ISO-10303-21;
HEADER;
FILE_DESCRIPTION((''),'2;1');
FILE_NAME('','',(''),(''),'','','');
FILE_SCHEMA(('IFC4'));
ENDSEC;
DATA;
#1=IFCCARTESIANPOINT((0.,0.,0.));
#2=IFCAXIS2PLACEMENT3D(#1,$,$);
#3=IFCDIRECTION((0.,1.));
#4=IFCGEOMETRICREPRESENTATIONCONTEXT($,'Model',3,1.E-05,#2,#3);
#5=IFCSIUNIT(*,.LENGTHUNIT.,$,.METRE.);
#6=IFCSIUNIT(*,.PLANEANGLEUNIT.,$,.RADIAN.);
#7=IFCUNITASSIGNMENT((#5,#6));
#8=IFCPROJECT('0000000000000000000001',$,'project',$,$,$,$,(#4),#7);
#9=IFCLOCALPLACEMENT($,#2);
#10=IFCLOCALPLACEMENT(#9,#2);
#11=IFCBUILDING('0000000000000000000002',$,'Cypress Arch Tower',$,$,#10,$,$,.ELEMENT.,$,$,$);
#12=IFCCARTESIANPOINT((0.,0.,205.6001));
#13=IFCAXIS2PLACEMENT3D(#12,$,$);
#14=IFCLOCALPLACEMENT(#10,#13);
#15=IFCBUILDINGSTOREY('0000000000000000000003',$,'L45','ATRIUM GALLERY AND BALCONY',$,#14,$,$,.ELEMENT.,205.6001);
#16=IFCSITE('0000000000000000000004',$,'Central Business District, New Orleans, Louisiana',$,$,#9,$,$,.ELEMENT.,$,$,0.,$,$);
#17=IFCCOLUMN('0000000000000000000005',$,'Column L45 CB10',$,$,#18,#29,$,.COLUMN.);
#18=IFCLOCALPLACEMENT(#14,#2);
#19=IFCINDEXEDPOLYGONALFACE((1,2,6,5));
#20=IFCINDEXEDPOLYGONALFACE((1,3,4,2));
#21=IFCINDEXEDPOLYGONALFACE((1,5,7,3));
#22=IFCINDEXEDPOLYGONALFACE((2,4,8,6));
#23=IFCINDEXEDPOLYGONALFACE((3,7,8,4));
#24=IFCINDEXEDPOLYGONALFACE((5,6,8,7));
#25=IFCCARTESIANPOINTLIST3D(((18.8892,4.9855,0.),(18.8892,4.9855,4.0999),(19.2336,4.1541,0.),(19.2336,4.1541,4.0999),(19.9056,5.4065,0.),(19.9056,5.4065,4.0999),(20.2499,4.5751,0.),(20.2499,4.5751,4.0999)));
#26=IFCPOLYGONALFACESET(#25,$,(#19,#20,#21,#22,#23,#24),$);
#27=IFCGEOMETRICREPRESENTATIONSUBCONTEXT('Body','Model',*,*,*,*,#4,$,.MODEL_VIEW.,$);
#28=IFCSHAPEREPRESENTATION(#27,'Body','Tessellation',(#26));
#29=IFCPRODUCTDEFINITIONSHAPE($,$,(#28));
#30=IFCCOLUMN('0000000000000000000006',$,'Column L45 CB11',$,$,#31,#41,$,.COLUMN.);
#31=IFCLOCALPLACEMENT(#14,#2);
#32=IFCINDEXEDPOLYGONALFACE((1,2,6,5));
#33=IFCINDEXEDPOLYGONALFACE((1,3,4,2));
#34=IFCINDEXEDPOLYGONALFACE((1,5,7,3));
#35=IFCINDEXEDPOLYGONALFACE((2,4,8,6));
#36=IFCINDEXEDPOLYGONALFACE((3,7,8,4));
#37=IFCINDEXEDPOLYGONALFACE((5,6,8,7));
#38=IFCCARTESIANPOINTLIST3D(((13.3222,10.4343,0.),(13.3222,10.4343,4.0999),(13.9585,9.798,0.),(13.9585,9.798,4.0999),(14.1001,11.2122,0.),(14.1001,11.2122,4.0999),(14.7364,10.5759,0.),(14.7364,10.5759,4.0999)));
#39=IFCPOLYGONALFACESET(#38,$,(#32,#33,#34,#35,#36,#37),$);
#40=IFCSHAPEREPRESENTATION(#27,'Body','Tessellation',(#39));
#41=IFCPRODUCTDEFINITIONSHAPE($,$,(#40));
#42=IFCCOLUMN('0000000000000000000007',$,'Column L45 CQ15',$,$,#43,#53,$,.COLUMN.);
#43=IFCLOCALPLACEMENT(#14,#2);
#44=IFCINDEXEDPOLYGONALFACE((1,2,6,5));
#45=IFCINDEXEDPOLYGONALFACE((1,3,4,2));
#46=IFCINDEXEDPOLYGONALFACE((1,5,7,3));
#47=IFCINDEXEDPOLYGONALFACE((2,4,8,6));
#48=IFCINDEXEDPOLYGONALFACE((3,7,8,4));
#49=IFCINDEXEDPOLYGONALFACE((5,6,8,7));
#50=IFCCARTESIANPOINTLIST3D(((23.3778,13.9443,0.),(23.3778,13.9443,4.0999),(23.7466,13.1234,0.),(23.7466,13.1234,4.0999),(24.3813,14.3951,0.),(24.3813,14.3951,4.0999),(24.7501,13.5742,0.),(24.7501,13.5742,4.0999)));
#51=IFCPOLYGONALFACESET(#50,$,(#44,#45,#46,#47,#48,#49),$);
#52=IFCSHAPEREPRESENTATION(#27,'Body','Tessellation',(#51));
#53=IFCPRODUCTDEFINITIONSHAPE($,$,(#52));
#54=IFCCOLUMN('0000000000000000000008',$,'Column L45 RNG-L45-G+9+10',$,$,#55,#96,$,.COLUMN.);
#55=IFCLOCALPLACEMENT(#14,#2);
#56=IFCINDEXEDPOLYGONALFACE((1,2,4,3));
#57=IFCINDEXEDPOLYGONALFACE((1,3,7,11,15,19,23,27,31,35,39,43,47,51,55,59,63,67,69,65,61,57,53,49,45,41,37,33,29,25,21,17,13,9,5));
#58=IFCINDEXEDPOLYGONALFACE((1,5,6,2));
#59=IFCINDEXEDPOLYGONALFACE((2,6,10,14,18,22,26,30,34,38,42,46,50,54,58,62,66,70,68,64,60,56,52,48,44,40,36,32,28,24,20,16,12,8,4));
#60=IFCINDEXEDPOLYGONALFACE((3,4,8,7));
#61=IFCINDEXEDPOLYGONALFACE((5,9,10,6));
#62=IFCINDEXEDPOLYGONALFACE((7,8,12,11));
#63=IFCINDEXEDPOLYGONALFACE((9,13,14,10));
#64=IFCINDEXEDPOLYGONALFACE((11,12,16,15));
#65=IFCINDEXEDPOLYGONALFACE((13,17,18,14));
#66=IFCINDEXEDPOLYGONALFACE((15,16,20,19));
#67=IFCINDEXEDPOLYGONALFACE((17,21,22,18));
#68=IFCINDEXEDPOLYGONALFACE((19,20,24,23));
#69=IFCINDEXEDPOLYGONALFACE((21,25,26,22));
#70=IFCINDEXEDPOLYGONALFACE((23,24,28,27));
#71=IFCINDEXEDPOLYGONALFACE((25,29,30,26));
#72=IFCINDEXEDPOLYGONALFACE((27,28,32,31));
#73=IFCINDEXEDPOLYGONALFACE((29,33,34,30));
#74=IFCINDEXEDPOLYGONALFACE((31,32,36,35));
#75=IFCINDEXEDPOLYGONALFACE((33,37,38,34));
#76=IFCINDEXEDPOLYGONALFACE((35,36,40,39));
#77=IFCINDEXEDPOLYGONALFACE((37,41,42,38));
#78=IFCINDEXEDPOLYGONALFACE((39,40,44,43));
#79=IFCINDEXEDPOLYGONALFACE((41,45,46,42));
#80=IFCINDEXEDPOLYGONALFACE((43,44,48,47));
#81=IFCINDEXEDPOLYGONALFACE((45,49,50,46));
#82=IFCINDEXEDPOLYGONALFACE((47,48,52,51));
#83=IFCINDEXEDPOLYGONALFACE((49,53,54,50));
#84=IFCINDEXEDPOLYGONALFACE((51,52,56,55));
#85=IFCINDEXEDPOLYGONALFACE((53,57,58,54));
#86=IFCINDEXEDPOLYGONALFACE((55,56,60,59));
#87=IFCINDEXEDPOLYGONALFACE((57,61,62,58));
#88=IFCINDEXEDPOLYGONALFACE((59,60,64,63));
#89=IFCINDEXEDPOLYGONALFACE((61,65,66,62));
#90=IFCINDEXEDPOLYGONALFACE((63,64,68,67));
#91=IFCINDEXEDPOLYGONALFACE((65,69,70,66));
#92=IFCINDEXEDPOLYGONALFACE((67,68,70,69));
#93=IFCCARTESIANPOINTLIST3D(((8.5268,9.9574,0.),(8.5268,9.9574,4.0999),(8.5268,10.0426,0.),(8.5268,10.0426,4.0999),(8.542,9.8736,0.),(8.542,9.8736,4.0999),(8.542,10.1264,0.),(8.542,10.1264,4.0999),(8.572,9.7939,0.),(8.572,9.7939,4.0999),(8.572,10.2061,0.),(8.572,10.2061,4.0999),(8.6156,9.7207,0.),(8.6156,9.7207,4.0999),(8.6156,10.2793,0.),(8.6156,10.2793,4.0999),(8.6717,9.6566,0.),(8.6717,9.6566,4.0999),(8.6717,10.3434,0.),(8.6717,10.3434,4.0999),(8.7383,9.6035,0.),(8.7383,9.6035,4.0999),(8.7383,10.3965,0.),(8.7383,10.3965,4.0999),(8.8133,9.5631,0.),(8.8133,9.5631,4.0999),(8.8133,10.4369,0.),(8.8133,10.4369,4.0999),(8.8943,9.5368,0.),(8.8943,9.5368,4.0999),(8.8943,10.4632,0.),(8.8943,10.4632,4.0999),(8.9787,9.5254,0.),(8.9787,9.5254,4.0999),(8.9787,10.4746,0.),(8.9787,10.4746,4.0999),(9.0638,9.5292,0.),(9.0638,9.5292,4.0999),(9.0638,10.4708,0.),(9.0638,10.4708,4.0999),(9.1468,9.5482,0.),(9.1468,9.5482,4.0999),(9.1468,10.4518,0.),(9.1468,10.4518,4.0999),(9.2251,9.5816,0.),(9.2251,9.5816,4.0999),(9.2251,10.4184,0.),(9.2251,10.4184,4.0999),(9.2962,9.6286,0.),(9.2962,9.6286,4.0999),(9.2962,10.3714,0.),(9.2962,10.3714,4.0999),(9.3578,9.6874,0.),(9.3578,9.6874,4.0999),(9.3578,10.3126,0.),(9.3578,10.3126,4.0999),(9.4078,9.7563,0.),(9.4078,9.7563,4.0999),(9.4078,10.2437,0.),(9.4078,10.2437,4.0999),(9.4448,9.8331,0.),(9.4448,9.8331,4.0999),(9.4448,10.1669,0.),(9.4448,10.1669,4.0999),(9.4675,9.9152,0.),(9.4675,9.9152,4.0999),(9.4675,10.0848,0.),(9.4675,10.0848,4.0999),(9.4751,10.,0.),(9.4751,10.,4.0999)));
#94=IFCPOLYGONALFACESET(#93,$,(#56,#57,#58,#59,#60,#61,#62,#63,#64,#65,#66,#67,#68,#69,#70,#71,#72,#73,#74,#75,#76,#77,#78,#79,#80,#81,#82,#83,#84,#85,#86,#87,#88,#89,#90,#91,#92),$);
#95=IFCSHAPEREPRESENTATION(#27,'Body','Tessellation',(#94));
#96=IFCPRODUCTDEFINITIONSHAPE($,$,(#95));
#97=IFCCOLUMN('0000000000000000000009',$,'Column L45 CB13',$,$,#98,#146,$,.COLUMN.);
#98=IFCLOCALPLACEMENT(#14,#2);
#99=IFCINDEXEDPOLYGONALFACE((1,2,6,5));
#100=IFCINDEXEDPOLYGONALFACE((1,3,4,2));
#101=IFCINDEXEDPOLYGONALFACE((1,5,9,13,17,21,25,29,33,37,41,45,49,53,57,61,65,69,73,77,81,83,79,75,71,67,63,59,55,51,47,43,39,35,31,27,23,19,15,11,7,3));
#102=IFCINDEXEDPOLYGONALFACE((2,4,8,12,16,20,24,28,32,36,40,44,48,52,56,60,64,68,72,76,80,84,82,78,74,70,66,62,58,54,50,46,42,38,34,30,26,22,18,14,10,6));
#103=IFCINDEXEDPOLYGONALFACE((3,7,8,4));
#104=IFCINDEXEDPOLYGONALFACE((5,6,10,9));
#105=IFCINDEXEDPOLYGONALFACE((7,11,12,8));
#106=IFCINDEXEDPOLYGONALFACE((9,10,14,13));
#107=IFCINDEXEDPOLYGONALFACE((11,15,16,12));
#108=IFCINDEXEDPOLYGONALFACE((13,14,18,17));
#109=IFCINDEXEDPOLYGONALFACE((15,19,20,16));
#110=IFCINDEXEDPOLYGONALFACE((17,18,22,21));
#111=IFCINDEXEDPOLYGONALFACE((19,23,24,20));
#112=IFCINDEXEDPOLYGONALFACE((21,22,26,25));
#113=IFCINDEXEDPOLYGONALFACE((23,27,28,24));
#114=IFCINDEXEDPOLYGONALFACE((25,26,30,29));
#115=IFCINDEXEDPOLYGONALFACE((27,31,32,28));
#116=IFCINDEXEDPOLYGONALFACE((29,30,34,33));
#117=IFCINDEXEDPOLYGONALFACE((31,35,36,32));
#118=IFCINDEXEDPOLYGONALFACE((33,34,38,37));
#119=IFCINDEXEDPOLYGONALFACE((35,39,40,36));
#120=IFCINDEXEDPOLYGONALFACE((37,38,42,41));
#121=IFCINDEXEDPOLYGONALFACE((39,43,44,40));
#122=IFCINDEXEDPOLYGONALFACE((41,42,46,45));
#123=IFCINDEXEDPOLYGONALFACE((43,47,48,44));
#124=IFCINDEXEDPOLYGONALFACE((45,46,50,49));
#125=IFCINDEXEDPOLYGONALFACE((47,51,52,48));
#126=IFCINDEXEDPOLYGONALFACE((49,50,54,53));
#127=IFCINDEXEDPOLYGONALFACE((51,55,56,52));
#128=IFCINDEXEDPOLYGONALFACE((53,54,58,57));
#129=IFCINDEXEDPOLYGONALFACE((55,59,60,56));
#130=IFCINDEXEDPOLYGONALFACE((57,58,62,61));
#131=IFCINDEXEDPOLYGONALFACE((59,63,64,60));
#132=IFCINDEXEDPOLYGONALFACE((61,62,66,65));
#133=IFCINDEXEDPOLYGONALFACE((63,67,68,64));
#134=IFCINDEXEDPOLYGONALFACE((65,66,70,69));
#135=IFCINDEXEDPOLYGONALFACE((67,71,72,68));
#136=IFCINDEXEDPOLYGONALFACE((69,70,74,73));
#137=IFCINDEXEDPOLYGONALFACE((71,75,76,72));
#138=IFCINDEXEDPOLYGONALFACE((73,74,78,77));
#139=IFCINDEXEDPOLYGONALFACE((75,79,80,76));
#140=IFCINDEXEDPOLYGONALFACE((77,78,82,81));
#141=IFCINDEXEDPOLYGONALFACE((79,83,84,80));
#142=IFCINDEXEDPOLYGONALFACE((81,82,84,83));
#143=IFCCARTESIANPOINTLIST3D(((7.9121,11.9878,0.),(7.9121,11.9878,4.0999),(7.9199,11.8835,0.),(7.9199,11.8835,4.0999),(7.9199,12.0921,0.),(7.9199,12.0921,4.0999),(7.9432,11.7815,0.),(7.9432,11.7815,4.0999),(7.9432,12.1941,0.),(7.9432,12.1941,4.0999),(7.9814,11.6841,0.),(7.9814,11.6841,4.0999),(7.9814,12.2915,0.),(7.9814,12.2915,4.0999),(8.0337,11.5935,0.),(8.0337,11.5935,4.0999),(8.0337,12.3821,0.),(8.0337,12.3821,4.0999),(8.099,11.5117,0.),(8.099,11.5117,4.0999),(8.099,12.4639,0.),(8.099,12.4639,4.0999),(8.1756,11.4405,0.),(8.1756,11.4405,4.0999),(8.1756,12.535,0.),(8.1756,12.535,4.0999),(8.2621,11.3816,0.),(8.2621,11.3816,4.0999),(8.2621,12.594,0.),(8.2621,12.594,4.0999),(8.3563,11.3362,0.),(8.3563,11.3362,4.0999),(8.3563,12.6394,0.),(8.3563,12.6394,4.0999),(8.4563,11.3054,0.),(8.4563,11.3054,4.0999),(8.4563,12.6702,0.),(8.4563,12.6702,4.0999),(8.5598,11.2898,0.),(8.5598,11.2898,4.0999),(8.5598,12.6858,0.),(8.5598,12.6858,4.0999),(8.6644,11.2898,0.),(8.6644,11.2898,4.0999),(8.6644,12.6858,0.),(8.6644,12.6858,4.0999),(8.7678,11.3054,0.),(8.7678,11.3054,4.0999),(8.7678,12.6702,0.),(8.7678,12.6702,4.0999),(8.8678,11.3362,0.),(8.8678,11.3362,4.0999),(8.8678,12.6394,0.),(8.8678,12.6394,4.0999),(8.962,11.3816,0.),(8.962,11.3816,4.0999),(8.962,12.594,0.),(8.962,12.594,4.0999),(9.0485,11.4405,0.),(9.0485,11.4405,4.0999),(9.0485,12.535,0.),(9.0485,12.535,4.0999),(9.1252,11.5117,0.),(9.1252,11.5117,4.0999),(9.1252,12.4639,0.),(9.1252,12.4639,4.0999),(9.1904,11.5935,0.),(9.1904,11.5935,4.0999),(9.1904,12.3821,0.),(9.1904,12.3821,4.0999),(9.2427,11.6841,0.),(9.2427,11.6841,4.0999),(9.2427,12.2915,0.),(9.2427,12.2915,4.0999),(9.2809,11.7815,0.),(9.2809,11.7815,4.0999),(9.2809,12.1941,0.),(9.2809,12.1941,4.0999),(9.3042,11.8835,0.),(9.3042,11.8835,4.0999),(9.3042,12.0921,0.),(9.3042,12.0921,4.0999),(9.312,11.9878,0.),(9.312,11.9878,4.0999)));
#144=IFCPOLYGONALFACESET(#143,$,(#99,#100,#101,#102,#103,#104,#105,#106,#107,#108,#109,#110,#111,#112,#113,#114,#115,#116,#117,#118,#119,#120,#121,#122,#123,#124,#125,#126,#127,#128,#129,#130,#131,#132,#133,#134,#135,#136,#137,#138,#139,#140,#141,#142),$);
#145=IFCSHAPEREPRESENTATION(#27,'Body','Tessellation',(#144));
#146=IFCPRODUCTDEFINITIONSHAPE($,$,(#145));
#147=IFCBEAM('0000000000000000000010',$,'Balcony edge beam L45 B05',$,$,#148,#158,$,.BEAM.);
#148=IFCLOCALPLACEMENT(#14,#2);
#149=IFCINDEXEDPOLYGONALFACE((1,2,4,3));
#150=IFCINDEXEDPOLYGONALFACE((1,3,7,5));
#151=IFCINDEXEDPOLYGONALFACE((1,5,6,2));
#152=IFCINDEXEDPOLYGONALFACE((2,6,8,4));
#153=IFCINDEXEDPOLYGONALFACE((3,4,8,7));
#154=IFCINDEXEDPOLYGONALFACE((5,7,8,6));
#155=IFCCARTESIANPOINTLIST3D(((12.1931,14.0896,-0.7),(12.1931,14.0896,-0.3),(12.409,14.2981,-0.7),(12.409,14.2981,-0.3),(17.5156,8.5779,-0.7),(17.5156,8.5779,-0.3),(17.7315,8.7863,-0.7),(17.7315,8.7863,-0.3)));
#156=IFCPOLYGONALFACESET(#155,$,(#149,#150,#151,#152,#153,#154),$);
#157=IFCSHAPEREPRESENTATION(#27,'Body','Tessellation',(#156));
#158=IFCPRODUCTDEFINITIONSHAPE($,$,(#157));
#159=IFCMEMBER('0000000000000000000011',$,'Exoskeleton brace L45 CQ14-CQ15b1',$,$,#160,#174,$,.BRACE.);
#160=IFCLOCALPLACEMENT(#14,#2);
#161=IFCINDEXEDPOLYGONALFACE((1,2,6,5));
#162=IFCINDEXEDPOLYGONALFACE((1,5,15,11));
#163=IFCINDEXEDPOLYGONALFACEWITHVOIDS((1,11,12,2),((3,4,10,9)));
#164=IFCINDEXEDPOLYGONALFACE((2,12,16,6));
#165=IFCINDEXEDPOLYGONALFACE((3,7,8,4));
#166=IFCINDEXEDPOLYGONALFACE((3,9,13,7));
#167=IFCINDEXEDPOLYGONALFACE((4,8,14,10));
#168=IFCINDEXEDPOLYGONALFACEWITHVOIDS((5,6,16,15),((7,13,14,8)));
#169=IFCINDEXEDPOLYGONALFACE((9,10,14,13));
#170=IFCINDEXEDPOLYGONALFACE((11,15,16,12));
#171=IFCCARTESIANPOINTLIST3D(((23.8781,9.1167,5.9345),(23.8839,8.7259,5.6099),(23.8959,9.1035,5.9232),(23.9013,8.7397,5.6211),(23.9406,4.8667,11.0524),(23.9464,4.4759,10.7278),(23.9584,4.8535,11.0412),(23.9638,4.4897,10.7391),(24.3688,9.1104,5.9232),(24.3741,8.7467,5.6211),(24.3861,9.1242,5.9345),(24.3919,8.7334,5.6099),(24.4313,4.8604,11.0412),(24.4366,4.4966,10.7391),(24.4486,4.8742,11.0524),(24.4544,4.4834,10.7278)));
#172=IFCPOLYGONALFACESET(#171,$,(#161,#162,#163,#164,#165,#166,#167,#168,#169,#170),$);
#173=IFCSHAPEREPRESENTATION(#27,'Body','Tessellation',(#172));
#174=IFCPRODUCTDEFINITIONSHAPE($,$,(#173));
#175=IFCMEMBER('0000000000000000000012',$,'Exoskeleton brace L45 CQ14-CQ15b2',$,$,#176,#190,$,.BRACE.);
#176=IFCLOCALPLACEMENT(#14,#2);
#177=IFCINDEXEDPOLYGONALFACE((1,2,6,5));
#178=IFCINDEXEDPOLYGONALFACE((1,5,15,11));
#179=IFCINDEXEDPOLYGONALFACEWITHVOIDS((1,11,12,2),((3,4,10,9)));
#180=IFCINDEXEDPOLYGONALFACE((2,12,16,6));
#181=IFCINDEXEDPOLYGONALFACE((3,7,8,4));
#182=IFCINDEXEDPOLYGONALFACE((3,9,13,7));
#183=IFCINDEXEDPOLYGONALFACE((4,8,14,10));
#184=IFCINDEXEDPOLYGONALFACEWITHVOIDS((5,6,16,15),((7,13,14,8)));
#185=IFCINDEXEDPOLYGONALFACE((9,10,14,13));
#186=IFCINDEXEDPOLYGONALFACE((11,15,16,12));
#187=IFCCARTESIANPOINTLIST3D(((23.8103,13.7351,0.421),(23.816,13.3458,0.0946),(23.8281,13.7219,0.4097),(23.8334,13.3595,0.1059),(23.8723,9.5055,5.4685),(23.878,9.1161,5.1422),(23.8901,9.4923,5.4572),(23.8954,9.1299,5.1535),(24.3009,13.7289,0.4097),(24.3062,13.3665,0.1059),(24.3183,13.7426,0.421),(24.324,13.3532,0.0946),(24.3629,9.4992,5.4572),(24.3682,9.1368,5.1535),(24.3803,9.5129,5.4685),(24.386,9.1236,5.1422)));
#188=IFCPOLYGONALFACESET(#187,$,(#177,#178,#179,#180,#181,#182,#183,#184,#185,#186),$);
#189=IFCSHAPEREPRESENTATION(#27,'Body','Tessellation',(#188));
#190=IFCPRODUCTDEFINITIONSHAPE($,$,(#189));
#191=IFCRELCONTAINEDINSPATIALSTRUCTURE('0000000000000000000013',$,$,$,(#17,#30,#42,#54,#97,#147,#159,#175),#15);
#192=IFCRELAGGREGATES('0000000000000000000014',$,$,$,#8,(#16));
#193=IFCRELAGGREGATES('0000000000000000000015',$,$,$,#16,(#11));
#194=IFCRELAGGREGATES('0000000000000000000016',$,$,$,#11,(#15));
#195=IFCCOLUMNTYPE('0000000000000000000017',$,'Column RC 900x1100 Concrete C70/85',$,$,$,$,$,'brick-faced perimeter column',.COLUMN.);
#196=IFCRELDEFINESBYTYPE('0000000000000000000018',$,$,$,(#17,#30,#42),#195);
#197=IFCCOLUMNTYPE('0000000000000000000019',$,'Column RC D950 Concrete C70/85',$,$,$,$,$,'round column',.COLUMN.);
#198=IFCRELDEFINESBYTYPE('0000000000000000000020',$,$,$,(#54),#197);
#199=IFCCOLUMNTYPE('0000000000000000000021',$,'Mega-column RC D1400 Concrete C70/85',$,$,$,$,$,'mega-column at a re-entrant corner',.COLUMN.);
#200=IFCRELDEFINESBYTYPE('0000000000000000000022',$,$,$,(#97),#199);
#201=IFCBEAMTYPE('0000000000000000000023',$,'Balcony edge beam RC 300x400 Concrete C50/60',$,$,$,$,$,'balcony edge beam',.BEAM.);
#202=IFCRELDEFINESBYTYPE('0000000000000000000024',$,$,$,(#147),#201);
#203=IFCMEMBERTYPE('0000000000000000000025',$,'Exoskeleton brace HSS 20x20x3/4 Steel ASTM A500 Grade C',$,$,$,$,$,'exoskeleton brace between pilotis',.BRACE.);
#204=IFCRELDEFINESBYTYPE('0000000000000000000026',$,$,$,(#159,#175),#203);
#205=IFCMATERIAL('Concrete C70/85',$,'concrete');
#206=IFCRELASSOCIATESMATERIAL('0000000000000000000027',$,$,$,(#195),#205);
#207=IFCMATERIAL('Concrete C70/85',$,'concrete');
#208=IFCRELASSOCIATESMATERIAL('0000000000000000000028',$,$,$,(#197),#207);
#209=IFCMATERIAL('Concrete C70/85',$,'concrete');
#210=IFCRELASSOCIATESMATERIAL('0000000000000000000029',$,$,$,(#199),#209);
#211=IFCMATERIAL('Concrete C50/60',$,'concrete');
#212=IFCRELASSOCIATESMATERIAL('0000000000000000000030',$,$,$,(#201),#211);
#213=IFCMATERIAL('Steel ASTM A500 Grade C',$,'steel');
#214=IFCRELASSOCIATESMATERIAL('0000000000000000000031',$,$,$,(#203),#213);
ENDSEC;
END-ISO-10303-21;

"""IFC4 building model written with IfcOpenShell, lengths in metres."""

from ifc_helpers import new_model, si_unit, direction, frame, origin, origin_2d, place, context, subcontext, project, spatial, rectangle, hollow_rectangle, circle, extrude, material, material_profile, profile_set, type_object, element, save


model = new_model("IFC4")

# Units and contexts
model_context = context("Model", 3, precision=1e-05, world=origin(), true_north=direction((0.0, 1.0)))
body_context = subcontext(model_context, "Body", "Model", "MODEL_VIEW")
ifc_project = project(units=[si_unit("LENGTHUNIT", "METRE"), si_unit("PLANEANGLEUNIT", "RADIAN")], contexts=[model_context])

# Site, building, storey
site_placement = place(None, origin())
site = spatial("IfcSite", under=ifc_project, at=site_placement, Name="Central Business District, New Orleans, Louisiana", CompositionType="ELEMENT", RefElevation=0.0)
building_placement = place(site_placement, origin())
building = spatial("IfcBuilding", under=site, at=building_placement, Name="Cypress Arch Tower", CompositionType="ELEMENT")
storey_placement = place(building_placement, frame((0.0, 0.0, 205.6001)))
storey = spatial("IfcBuildingStorey", under=building, at=storey_placement, Name="L45", Description="ATRIUM GALLERY AND BALCONY", CompositionType="ELEMENT", Elevation=205.6001)

# Columns
ifc_material_1 = material(Name="Concrete C70/85", Category="concrete")
ifc_material_profile_1 = material_profile(ifc_material_1, rectangle(XDim=0.8999, YDim=1.1001, at=origin_2d()), Name="RC 900x1100")
ifc_profile_set_1 = profile_set([ifc_material_profile_1], Name="Concrete C70/85")
column_type_1 = type_object("IfcColumnType", Name="Column RC 900x1100 Concrete C70/85", ElementType="brick-faced perimeter column", PredefinedType="COLUMN", material=ifc_profile_set_1)
for number, where, z_axis, x_axis, name in (
    (1, (19.5696, 4.7803, 0.0), (0.0, 0.0, 1.0), (-0.382683, 0.92388, 0.0), "Column L45 CB10"),
    (2, (14.0293, 10.5051, 0.0), (0.0, 0.0, 1.0), (-0.707107, 0.707107, 0.0), "Column L45 CB11"),
    (3, (24.064, 13.7593, 0.0), (0.0, 0.0, 1.0), (-0.409765, 0.912191, 0.0), "Column L45 CQ15"),
):
    element("IfcColumn", number, at=place(storey_placement, frame(where, z_axis=z_axis, x_axis=x_axis)), inside=storey, type_object=column_type_1, Name=name, PredefinedType="COLUMN", context=body_context, shape_type="SweptSolid", body=[
        extrude(rectangle(XDim=0.8999, YDim=1.1001, at=origin_2d()), origin(), (0.0, 0.0, 1.0), 4.0999),
    ])
ifc_material_2 = material(Name="Concrete C70/85", Category="concrete")
ifc_material_profile_2 = material_profile(ifc_material_2, circle(Radius=0.4751, at=origin_2d()), Name="RC D950")
ifc_profile_set_2 = profile_set([ifc_material_profile_2], Name="Concrete C70/85")
column_type_2 = type_object("IfcColumnType", Name="Column RC D950 Concrete C70/85", ElementType="round column", PredefinedType="COLUMN", material=ifc_profile_set_2)
column_1_placement = place(storey_placement, frame((9.0, 10.0, 0.0), z_axis=(0.0, 0.0, 1.0), x_axis=(1.0, 0.0, 0.0)))
element("IfcColumn", 4, at=column_1_placement, inside=storey, type_object=column_type_2, Name="Column L45 RNG-L45-G+9+10", PredefinedType="COLUMN", context=body_context, shape_type="SweptSolid", body=[
    extrude(circle(Radius=0.4751, at=origin_2d()), origin(), (0.0, 0.0, 1.0), 4.0999),
])
ifc_material_3 = material(Name="Concrete C70/85", Category="concrete")
ifc_material_profile_3 = material_profile(ifc_material_3, circle(Radius=0.7, at=origin_2d()), Name="RC D1400")
ifc_profile_set_3 = profile_set([ifc_material_profile_3], Name="Concrete C70/85")
column_type_3 = type_object("IfcColumnType", Name="Mega-column RC D1400 Concrete C70/85", ElementType="mega-column at a re-entrant corner", PredefinedType="COLUMN", material=ifc_profile_set_3)
column_2_placement = place(storey_placement, frame((8.6121, 11.9878, 0.0), z_axis=(0.0, 0.0, 1.0), x_axis=(1.0, 0.0, 0.0)))
element("IfcColumn", 5, at=column_2_placement, inside=storey, type_object=column_type_3, Name="Column L45 CB13", PredefinedType="COLUMN", context=body_context, shape_type="SweptSolid", body=[
    extrude(circle(Radius=0.7, at=origin_2d()), origin(), (0.0, 0.0, 1.0), 4.0999),
])

# Beam
ifc_material_4 = material(Name="Concrete C50/60", Category="concrete")
ifc_material_profile_4 = material_profile(ifc_material_4, rectangle(XDim=0.3, YDim=0.3999, at=origin_2d()), Name="RC 300x400")
ifc_profile_set_4 = profile_set([ifc_material_profile_4], Name="Concrete C50/60")
beam_type_1 = type_object("IfcBeamType", Name="Balcony edge beam RC 300x400 Concrete C50/60", ElementType="balcony edge beam", PredefinedType="BEAM", material=ifc_profile_set_4)
beam_1_placement = place(storey_placement, frame((17.6235, 8.6821, -0.5), z_axis=(-0.694652, 0.719346, 0.0), x_axis=(-0.719346, -0.694652, 0.0)))
element("IfcBeam", 6, at=beam_1_placement, inside=storey, type_object=beam_type_1, Name="Balcony edge beam L45 B05", PredefinedType="BEAM", context=body_context, shape_type="SweptSolid", body=[
    extrude(rectangle(XDim=0.3, YDim=0.3999, at=origin_2d()), origin(), (0.0, 0.0, 1.0), 7.6621),
])

# Members
ifc_material_5 = material(Name="Steel ASTM A500 Grade C", Category="steel")
ifc_material_profile_5 = material_profile(ifc_material_5, hollow_rectangle(XDim=0.5081, YDim=0.5081, WallThickness=0.0176, at=origin_2d()), Name="HSS 20x20x3/4")
ifc_profile_set_5 = profile_set([ifc_material_profile_5], Name="Steel ASTM A500 Grade C")
member_type = type_object("IfcMemberType", Name="Exoskeleton brace HSS 20x20x3/4 Steel ASTM A500 Grade C", ElementType="exoskeleton brace between pilotis", PredefinedType="BRACE", material=ifc_profile_set_5)
member_1_placement = place(storey_placement, frame((24.1975, 4.675, 10.8901), z_axis=(-0.009395, 0.63883, -0.76929), x_axis=(-0.999892, -0.014704, 0.0)))
element("IfcMember", 7, at=member_1_placement, inside=storey, type_object=member_type, Name="Exoskeleton brace L45 CQ14-CQ15b1", PredefinedType="BRACE", context=body_context, shape_type="SweptSolid", body=[
    extrude(hollow_rectangle(XDim=0.5081, YDim=0.5081, WallThickness=0.0176, at=origin_2d()), origin(), (0.0, 0.0, 1.0), 6.6528),
])
member_2_placement = place(storey_placement, frame((24.0671, 13.5442, 0.2578), z_axis=(0.009416, -0.64225, 0.766437), x_axis=(0.999893, 0.014659, 0.0)))
element("IfcMember", 8, at=member_2_placement, inside=storey, type_object=member_type, Name="Exoskeleton brace L45 CQ14-CQ15b2", PredefinedType="BRACE", context=body_context, shape_type="SweptSolid", body=[
    extrude(hollow_rectangle(XDim=0.5081, YDim=0.5081, WallThickness=0.0176, at=origin_2d()), origin(), (0.0, 0.0, 1.0), 6.5857),
])

save(model, "model.ifc")
